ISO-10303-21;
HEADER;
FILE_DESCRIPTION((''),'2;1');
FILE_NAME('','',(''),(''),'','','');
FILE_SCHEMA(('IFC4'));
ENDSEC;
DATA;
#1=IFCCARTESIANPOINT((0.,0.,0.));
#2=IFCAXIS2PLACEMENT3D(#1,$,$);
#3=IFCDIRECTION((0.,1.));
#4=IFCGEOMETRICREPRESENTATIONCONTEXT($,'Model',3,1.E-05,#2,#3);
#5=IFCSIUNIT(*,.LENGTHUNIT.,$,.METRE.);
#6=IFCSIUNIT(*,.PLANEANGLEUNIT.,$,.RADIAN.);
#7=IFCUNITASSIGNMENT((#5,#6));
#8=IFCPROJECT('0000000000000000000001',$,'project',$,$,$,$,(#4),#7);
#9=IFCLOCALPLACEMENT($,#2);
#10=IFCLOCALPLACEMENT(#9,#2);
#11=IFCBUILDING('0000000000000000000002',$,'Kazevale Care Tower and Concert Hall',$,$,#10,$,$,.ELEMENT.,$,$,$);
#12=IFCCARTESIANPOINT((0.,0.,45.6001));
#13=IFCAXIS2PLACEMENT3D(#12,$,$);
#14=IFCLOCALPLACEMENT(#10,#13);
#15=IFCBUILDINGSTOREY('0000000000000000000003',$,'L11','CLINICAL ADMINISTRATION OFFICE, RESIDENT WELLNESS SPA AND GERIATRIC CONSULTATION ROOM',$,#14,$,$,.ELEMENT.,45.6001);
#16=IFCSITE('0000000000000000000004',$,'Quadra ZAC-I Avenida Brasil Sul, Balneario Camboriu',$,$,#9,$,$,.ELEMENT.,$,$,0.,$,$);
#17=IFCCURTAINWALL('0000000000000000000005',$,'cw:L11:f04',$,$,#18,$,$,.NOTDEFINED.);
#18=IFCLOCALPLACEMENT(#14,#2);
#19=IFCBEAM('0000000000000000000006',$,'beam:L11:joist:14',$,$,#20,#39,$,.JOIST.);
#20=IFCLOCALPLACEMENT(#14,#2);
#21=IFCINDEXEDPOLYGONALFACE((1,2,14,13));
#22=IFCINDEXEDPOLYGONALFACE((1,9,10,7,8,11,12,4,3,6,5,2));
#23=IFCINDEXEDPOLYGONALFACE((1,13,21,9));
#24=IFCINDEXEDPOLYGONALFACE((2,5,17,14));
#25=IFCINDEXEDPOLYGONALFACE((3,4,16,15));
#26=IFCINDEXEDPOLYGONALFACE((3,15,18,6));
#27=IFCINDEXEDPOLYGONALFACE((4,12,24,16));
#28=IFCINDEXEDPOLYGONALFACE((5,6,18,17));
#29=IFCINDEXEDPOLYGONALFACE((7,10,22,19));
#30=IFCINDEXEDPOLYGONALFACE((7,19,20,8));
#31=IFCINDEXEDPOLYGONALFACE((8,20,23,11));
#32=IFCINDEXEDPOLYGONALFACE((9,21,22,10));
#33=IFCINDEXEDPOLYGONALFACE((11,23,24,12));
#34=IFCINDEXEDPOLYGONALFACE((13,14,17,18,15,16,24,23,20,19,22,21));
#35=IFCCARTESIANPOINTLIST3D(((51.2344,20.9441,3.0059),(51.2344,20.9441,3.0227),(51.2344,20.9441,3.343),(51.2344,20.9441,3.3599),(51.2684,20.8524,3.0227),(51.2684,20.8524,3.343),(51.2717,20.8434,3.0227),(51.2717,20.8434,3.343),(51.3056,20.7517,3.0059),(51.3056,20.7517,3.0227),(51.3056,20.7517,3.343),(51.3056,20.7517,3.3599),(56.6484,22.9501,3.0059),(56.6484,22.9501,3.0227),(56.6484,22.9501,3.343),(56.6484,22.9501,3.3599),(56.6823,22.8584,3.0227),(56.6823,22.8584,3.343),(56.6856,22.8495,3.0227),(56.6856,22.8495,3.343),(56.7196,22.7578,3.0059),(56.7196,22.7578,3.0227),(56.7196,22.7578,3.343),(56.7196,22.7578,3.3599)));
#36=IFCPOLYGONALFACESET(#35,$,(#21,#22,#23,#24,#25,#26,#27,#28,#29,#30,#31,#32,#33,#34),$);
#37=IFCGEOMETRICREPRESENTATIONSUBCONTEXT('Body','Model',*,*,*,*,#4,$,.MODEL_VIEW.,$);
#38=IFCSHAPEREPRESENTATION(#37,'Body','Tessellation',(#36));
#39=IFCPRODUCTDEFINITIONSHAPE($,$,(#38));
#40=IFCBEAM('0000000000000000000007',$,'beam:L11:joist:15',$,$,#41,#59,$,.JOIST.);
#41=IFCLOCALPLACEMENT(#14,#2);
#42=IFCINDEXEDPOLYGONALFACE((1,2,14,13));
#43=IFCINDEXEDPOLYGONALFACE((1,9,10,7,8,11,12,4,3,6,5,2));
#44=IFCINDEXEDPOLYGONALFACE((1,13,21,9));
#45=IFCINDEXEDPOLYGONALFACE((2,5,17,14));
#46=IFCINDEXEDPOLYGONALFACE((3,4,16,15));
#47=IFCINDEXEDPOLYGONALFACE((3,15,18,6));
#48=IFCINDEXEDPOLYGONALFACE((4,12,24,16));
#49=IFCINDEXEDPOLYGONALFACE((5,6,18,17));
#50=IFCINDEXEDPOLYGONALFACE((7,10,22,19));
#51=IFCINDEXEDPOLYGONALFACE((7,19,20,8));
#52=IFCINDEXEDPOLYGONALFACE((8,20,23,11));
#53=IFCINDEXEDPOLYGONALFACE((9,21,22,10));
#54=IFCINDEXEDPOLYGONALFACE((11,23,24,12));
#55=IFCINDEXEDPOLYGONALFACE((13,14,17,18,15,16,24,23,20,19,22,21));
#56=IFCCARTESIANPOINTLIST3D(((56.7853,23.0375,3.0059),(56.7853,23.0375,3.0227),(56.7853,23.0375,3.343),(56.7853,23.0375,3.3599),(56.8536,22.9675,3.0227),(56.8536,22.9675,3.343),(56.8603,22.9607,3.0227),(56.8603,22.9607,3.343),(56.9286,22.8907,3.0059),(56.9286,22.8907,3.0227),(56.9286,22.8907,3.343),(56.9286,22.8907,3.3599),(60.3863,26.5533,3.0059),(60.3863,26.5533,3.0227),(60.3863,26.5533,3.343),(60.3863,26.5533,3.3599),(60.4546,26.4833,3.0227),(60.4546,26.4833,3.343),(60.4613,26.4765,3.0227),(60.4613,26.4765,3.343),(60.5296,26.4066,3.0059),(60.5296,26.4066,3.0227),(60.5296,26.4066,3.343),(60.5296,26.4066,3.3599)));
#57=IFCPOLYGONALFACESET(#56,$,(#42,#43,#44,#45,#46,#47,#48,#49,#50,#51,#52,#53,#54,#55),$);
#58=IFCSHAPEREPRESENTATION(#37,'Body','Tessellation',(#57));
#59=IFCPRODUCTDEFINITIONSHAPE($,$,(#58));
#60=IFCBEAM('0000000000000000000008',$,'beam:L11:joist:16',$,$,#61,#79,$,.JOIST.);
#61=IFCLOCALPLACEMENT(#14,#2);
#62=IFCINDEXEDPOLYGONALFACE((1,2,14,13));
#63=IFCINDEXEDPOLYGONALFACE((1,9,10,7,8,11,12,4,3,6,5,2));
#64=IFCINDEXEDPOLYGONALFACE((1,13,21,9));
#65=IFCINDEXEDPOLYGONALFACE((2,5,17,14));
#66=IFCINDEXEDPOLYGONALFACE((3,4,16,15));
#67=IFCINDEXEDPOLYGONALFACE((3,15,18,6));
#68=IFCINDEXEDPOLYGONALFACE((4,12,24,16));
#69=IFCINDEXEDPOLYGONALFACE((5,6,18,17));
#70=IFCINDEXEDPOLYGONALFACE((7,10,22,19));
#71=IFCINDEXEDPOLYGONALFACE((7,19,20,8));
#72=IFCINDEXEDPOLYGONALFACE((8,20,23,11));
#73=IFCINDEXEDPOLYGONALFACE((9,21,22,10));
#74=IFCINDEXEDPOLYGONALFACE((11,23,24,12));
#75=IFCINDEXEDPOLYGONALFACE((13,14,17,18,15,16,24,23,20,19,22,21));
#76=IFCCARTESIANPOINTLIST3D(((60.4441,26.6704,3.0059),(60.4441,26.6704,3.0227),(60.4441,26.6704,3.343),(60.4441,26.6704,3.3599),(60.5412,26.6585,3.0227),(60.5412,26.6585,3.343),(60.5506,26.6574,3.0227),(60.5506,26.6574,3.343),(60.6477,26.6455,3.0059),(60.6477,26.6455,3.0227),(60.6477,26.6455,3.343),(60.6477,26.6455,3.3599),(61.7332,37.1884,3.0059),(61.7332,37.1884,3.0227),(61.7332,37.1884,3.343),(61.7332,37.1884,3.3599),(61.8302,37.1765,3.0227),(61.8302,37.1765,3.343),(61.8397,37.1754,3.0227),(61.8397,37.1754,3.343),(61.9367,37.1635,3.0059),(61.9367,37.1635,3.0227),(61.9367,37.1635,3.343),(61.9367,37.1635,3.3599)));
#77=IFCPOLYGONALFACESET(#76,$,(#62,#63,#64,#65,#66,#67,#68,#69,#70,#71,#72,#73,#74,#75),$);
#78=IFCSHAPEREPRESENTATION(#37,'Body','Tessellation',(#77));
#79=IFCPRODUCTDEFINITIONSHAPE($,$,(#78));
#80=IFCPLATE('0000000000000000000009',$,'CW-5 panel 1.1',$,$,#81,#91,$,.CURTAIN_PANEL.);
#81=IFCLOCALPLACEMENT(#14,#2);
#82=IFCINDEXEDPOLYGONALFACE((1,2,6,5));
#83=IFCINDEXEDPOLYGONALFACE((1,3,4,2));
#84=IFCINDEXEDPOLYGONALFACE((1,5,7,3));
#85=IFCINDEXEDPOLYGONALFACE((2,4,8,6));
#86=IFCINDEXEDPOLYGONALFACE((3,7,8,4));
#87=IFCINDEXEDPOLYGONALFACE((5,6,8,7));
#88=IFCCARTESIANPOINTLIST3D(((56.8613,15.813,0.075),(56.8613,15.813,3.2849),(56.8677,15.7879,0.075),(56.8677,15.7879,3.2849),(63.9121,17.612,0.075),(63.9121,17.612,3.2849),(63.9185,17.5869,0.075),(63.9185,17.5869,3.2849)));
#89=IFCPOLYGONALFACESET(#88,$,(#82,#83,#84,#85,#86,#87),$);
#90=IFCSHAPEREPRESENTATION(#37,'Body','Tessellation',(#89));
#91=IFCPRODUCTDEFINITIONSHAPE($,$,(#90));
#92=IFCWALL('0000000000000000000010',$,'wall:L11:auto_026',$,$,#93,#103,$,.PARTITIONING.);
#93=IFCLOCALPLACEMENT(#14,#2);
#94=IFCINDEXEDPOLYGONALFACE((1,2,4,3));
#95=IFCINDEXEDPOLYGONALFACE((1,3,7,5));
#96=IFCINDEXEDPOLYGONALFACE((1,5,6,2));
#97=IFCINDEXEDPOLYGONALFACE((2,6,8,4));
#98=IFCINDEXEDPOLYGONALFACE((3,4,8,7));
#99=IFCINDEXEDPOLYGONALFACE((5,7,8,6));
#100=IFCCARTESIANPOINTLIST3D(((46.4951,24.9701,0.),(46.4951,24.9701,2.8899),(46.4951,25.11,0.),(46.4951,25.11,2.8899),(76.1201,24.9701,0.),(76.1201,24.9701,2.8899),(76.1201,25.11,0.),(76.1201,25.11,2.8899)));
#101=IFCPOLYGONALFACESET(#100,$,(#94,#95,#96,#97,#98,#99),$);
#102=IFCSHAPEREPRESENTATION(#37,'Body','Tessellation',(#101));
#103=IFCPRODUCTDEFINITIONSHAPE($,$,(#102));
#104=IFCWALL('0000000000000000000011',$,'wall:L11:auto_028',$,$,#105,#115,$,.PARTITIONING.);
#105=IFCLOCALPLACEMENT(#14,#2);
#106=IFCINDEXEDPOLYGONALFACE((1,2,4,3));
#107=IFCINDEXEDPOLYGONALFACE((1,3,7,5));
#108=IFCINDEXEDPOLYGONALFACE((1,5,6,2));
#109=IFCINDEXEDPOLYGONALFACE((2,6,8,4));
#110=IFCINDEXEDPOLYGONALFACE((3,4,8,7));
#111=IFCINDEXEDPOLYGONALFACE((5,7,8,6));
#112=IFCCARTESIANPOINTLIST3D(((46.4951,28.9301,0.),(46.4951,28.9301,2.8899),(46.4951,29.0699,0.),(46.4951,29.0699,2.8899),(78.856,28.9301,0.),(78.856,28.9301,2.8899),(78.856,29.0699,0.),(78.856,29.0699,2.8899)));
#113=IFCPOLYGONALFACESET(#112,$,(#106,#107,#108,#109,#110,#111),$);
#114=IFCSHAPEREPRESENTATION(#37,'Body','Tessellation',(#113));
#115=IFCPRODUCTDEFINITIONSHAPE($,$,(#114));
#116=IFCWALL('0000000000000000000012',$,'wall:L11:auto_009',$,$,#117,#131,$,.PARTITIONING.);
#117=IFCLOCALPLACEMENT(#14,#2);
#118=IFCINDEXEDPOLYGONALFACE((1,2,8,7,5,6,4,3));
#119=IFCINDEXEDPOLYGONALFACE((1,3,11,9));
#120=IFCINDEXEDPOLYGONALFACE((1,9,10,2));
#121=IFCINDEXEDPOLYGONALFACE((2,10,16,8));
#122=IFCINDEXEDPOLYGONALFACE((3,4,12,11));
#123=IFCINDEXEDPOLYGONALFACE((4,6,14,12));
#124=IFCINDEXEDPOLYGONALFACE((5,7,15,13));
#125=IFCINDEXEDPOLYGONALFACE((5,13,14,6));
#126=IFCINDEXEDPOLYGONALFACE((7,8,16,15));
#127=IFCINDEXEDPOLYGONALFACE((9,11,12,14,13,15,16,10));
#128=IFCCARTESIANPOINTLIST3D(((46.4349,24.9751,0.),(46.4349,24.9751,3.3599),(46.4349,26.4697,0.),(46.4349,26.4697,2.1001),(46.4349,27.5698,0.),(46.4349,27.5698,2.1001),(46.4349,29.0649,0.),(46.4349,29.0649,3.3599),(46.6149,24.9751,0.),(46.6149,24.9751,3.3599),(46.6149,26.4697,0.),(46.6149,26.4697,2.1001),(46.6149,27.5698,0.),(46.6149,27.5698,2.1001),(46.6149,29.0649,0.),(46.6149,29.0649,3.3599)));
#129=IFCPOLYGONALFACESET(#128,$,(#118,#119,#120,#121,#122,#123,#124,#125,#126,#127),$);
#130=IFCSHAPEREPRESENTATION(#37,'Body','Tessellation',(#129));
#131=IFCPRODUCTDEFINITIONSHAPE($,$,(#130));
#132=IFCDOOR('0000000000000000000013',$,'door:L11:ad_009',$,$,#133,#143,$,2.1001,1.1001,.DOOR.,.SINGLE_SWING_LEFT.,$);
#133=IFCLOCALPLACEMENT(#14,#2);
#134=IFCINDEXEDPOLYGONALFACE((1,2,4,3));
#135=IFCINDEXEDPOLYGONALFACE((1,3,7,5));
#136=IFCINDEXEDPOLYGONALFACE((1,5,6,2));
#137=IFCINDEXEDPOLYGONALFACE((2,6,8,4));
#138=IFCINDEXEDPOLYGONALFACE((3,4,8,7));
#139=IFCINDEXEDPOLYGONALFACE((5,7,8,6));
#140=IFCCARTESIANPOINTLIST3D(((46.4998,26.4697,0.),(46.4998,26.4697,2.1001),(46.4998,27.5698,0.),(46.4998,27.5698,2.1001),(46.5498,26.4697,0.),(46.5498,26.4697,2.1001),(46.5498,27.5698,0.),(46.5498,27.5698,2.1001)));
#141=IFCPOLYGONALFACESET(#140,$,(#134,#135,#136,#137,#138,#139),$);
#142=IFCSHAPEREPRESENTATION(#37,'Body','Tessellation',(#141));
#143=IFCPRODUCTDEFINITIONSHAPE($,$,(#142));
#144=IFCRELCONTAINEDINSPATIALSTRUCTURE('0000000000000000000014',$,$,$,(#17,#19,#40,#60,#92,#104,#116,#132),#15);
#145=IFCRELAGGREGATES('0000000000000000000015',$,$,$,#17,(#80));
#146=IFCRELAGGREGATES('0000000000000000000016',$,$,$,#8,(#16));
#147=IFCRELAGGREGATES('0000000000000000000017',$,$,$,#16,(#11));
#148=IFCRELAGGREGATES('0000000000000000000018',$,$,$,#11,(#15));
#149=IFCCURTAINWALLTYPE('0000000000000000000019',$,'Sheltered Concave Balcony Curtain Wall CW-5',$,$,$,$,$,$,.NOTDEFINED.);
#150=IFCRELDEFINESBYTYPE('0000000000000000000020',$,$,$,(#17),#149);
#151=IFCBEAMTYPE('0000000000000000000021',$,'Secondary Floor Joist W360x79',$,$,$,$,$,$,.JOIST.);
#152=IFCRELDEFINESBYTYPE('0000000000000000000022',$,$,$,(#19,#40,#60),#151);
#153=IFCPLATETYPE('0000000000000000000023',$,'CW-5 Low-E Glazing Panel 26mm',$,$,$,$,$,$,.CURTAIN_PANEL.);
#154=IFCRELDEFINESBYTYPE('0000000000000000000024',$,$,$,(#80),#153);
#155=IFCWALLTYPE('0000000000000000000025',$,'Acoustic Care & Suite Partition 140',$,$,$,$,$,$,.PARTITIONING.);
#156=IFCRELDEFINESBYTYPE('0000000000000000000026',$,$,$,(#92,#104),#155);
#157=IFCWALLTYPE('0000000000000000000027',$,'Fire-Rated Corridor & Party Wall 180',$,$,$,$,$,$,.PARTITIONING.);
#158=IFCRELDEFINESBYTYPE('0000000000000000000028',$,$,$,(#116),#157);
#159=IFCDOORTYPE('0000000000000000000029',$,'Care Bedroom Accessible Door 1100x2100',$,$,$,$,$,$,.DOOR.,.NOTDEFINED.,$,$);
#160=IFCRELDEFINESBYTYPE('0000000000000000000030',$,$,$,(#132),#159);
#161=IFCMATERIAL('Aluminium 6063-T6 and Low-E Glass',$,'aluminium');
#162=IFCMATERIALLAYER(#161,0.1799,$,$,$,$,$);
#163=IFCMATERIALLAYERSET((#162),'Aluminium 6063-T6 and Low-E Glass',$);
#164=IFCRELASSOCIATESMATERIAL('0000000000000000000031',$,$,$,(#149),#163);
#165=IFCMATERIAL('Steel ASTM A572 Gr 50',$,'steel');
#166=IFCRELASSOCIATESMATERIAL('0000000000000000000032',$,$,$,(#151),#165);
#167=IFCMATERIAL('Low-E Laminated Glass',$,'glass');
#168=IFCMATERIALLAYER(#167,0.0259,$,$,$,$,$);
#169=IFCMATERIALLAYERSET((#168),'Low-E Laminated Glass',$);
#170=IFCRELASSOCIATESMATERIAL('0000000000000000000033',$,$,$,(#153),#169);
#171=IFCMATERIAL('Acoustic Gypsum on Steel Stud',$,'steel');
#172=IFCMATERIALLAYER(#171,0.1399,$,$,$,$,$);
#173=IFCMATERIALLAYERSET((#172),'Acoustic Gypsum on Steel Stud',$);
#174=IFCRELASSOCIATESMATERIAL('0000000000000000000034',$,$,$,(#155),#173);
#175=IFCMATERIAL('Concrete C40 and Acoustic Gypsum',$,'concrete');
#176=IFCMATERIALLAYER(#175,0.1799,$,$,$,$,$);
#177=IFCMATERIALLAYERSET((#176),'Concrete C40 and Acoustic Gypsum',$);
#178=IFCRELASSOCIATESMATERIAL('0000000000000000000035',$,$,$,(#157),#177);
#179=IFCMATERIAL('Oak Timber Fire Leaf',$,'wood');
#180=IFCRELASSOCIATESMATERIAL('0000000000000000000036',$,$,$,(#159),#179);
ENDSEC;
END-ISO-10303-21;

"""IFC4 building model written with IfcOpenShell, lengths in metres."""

from ifc_helpers import new_model, si_unit, direction, frame, frame_2d, origin, origin_2d, place, context, subcontext, project, spatial, rectangle, i_section, extrude, material, layer, layer_set, material_profile, profile_set, type_object, element, fill, aggregate, save


model = new_model("IFC4")

# Units and contexts
model_context = context("Model", 3, precision=1e-05, world=origin(), true_north=direction((0.0, 1.0)))
body_context = subcontext(model_context, "Body", "Model", "MODEL_VIEW")
ifc_project = project(units=[si_unit("LENGTHUNIT", "METRE"), si_unit("PLANEANGLEUNIT", "RADIAN")], contexts=[model_context])

# Site, building, storey
site_placement = place(None, origin())
site = spatial("IfcSite", under=ifc_project, at=site_placement, Name="Quadra ZAC-I Avenida Brasil Sul, Balneario Camboriu", CompositionType="ELEMENT", RefElevation=0.0)
building_placement = place(site_placement, origin())
building = spatial("IfcBuilding", under=site, at=building_placement, Name="Kazevale Care Tower and Concert Hall", CompositionType="ELEMENT")
storey_placement = place(building_placement, frame((0.0, 0.0, 45.6001)))
storey = spatial("IfcBuildingStorey", under=building, at=storey_placement, Name="L11", Description="CLINICAL ADMINISTRATION OFFICE, RESIDENT WELLNESS SPA AND GERIATRIC CONSULTATION ROOM", CompositionType="ELEMENT", Elevation=45.6001)

# Curtain wall
ifc_material_1 = material(Name="Aluminium 6063-T6 and Low-E Glass", Category="aluminium")
ifc_layer_1 = layer(ifc_material_1, 0.1799)
ifc_layer_set_1 = layer_set([ifc_layer_1], Name="Aluminium 6063-T6 and Low-E Glass")
curtain_wall_type = type_object("IfcCurtainWallType", Name="Sheltered Concave Balcony Curtain Wall CW-5", PredefinedType="NOTDEFINED", material=ifc_layer_set_1)
curtain_wall_1_placement = place(storey_placement, origin())
curtain_wall_1 = element("IfcCurtainWall", 1, at=curtain_wall_1_placement, inside=storey, type_object=curtain_wall_type, Name="cw:L11:f04", PredefinedType="NOTDEFINED")

# Beams
ifc_material_2 = material(Name="Steel ASTM A572 Gr 50", Category="steel")
ifc_material_profile_1 = material_profile(ifc_material_2, i_section(OverallWidth=0.2051, OverallDepth=0.354, WebThickness=0.0095, FlangeThickness=0.0168, at=origin_2d()), Name="W360x79")
ifc_profile_set_1 = profile_set([ifc_material_profile_1], Name="Steel ASTM A572 Gr 50")
beam_type_1 = type_object("IfcBeamType", Name="Secondary Floor Joist W360x79", PredefinedType="JOIST", material=ifc_profile_set_1)
beam_1_placement = place(storey_placement, frame((51.27, 20.8479, 3.1829), z_axis=(0.937698, 0.347451, 0.0), x_axis=(-0.347451, 0.937698, 0.0)))
element("IfcBeam", 2, at=beam_1_placement, inside=storey, type_object=beam_type_1, Name="beam:L11:joist:14", PredefinedType="JOIST", context=body_context, shape_type="SweptSolid", body=[
    extrude(i_section(OverallWidth=0.2051, OverallDepth=0.354, WebThickness=0.0095, FlangeThickness=0.0168, at=origin_2d()), origin(), (0.0, 0.0, 1.0), 5.7737),
])
beam_2_placement = place(storey_placement, frame((56.8569, 22.9641, 3.1829), z_axis=(0.715521, 0.698591, 0.0), x_axis=(-0.698591, 0.715521, 0.0)))
element("IfcBeam", 3, at=beam_2_placement, inside=storey, type_object=beam_type_1, Name="beam:L11:joist:15", PredefinedType="JOIST", context=body_context, shape_type="SweptSolid", body=[
    extrude(i_section(OverallWidth=0.2051, OverallDepth=0.354, WebThickness=0.0095, FlangeThickness=0.0168, at=origin_2d()), origin(), (0.0, 0.0, 1.0), 5.0327),
])
beam_3_placement = place(storey_placement, frame((60.5459, 26.658, 3.1829), z_axis=(0.121647, 0.992573, 0.0), x_axis=(-0.992573, 0.121647, 0.0)))
element("IfcBeam", 4, at=beam_3_placement, inside=storey, type_object=beam_type_1, Name="beam:L11:joist:16", PredefinedType="JOIST", context=body_context, shape_type="SweptSolid", body=[
    extrude(i_section(OverallWidth=0.2051, OverallDepth=0.354, WebThickness=0.0095, FlangeThickness=0.0168, at=origin_2d()), origin(), (0.0, 0.0, 1.0), 10.5967),
])

# Plate
ifc_material_3 = material(Name="Low-E Laminated Glass", Category="glass")
ifc_layer_2 = layer(ifc_material_3, 0.0259)
ifc_layer_set_2 = layer_set([ifc_layer_2], Name="Low-E Laminated Glass")
plate_type = type_object("IfcPlateType", Name="CW-5 Low-E Glazing Panel 26mm", PredefinedType="CURTAIN_PANEL", material=ifc_layer_set_2)
plate_placement = place(storey_placement, frame((60.3899, 16.7, 0.075), z_axis=(0.0, 0.0, 1.0), x_axis=(-0.968959, -0.247222, 0.0)))
plate = element("IfcPlate", 5, at=plate_placement, type_object=plate_type, Name="CW-5 panel 1.1", PredefinedType="CURTAIN_PANEL", context=body_context, shape_type="SweptSolid", body=[
    extrude(rectangle(XDim=7.2766, YDim=0.0259, at=origin_2d()), origin(), (0.0, 0.0, 1.0), 3.21),
])
aggregate(curtain_wall_1, [plate])

# Walls
ifc_material_4 = material(Name="Acoustic Gypsum on Steel Stud", Category="steel")
ifc_layer_3 = layer(ifc_material_4, 0.1399)
ifc_layer_set_3 = layer_set([ifc_layer_3], Name="Acoustic Gypsum on Steel Stud")
wall_type_1 = type_object("IfcWallType", Name="Acoustic Care & Suite Partition 140", PredefinedType="PARTITIONING", material=ifc_layer_set_3)
wall_1_placement = place(storey_placement, frame((46.4951, 25.04, 0.0), z_axis=(0.0, 0.0, 1.0), x_axis=(1.0, 0.0, 0.0)))
element("IfcWall", 6, at=wall_1_placement, inside=storey, type_object=wall_type_1, Name="wall:L11:auto_026", PredefinedType="PARTITIONING", context=body_context, shape_type="SweptSolid", body=[
    extrude(rectangle(XDim=29.625, YDim=0.1399, at=frame_2d((14.8125, 0.0))), origin(), (0.0, 0.0, 1.0), 2.8899),
])
wall_2_placement = place(storey_placement, frame((46.4951, 29.0, 0.0), z_axis=(0.0, 0.0, 1.0), x_axis=(1.0, 0.0, 0.0)))
element("IfcWall", 7, at=wall_2_placement, inside=storey, type_object=wall_type_1, Name="wall:L11:auto_028", PredefinedType="PARTITIONING", context=body_context, shape_type="SweptSolid", body=[
    extrude(rectangle(XDim=32.3608, YDim=0.1399, at=frame_2d((16.1804, 0.0))), origin(), (0.0, 0.0, 1.0), 2.8899),
])

# Wall, opening, door
ifc_material_5 = material(Name="Concrete C40 and Acoustic Gypsum", Category="concrete")
ifc_layer_4 = layer(ifc_material_5, 0.1799)
ifc_layer_set_4 = layer_set([ifc_layer_4], Name="Concrete C40 and Acoustic Gypsum")
wall_type_2 = type_object("IfcWallType", Name="Fire-Rated Corridor & Party Wall 180", PredefinedType="PARTITIONING", material=ifc_layer_set_4)
ifc_material_6 = material(Name="Oak Timber Fire Leaf", Category="wood")
wall_3_placement = place(storey_placement, frame((46.5249, 29.0649, 0.0), z_axis=(0.0, 0.0, 1.0), x_axis=(0.0, -1.0, 0.0)))
wall_3 = element("IfcWall", 8, at=wall_3_placement, inside=storey, type_object=wall_type_2, Name="wall:L11:auto_009", PredefinedType="PARTITIONING", context=body_context, shape_type="SweptSolid", body=[
    extrude(rectangle(XDim=4.0898, YDim=0.1799, at=frame_2d((2.0449, 0.0))), origin(), (0.0, 0.0, 1.0), 3.3599),
])
opening_1_placement = place(wall_3_placement, frame((1.4951, 0.0, 0.0)))
opening_1 = element("IfcOpeningElement", 9, at=opening_1_placement, cuts=wall_3, PredefinedType="OPENING", context=body_context, shape_type="SweptSolid", body=[
    extrude(rectangle(XDim=1.1001, YDim=2.1001, at=frame_2d((0.55, 1.05))), frame((0.0, 0.0999, 0.0), z_axis=(0.0, -1.0, 0.0), x_axis=(1.0, 0.0, 0.0)), (0.0, 0.0, 1.0), 0.2),
])
door_type_1 = type_object("IfcDoorType", Name="Care Bedroom Accessible Door 1100x2100", OperationType="NOTDEFINED", PredefinedType="DOOR", material=ifc_material_6)
door_1_placement = place(opening_1_placement, origin())
door_1 = element("IfcDoor", 10, at=door_1_placement, inside=storey, type_object=door_type_1, Name="door:L11:ad_009", OperationType="SINGLE_SWING_LEFT", OverallHeight=2.1001, OverallWidth=1.1001, PredefinedType="DOOR", context=body_context, shape_type="SweptSolid", body=[
    extrude(rectangle(XDim=1.1001, YDim=2.1001, at=frame_2d((0.55, 1.05))), frame((0.0, 0.0249, 0.0), z_axis=(0.0, -1.0, 0.0), x_axis=(1.0, 0.0, 0.0)), (0.0, 0.0, 1.0), 0.05),
])
fill(opening_1, door_1)

save(model, "model.ifc")
